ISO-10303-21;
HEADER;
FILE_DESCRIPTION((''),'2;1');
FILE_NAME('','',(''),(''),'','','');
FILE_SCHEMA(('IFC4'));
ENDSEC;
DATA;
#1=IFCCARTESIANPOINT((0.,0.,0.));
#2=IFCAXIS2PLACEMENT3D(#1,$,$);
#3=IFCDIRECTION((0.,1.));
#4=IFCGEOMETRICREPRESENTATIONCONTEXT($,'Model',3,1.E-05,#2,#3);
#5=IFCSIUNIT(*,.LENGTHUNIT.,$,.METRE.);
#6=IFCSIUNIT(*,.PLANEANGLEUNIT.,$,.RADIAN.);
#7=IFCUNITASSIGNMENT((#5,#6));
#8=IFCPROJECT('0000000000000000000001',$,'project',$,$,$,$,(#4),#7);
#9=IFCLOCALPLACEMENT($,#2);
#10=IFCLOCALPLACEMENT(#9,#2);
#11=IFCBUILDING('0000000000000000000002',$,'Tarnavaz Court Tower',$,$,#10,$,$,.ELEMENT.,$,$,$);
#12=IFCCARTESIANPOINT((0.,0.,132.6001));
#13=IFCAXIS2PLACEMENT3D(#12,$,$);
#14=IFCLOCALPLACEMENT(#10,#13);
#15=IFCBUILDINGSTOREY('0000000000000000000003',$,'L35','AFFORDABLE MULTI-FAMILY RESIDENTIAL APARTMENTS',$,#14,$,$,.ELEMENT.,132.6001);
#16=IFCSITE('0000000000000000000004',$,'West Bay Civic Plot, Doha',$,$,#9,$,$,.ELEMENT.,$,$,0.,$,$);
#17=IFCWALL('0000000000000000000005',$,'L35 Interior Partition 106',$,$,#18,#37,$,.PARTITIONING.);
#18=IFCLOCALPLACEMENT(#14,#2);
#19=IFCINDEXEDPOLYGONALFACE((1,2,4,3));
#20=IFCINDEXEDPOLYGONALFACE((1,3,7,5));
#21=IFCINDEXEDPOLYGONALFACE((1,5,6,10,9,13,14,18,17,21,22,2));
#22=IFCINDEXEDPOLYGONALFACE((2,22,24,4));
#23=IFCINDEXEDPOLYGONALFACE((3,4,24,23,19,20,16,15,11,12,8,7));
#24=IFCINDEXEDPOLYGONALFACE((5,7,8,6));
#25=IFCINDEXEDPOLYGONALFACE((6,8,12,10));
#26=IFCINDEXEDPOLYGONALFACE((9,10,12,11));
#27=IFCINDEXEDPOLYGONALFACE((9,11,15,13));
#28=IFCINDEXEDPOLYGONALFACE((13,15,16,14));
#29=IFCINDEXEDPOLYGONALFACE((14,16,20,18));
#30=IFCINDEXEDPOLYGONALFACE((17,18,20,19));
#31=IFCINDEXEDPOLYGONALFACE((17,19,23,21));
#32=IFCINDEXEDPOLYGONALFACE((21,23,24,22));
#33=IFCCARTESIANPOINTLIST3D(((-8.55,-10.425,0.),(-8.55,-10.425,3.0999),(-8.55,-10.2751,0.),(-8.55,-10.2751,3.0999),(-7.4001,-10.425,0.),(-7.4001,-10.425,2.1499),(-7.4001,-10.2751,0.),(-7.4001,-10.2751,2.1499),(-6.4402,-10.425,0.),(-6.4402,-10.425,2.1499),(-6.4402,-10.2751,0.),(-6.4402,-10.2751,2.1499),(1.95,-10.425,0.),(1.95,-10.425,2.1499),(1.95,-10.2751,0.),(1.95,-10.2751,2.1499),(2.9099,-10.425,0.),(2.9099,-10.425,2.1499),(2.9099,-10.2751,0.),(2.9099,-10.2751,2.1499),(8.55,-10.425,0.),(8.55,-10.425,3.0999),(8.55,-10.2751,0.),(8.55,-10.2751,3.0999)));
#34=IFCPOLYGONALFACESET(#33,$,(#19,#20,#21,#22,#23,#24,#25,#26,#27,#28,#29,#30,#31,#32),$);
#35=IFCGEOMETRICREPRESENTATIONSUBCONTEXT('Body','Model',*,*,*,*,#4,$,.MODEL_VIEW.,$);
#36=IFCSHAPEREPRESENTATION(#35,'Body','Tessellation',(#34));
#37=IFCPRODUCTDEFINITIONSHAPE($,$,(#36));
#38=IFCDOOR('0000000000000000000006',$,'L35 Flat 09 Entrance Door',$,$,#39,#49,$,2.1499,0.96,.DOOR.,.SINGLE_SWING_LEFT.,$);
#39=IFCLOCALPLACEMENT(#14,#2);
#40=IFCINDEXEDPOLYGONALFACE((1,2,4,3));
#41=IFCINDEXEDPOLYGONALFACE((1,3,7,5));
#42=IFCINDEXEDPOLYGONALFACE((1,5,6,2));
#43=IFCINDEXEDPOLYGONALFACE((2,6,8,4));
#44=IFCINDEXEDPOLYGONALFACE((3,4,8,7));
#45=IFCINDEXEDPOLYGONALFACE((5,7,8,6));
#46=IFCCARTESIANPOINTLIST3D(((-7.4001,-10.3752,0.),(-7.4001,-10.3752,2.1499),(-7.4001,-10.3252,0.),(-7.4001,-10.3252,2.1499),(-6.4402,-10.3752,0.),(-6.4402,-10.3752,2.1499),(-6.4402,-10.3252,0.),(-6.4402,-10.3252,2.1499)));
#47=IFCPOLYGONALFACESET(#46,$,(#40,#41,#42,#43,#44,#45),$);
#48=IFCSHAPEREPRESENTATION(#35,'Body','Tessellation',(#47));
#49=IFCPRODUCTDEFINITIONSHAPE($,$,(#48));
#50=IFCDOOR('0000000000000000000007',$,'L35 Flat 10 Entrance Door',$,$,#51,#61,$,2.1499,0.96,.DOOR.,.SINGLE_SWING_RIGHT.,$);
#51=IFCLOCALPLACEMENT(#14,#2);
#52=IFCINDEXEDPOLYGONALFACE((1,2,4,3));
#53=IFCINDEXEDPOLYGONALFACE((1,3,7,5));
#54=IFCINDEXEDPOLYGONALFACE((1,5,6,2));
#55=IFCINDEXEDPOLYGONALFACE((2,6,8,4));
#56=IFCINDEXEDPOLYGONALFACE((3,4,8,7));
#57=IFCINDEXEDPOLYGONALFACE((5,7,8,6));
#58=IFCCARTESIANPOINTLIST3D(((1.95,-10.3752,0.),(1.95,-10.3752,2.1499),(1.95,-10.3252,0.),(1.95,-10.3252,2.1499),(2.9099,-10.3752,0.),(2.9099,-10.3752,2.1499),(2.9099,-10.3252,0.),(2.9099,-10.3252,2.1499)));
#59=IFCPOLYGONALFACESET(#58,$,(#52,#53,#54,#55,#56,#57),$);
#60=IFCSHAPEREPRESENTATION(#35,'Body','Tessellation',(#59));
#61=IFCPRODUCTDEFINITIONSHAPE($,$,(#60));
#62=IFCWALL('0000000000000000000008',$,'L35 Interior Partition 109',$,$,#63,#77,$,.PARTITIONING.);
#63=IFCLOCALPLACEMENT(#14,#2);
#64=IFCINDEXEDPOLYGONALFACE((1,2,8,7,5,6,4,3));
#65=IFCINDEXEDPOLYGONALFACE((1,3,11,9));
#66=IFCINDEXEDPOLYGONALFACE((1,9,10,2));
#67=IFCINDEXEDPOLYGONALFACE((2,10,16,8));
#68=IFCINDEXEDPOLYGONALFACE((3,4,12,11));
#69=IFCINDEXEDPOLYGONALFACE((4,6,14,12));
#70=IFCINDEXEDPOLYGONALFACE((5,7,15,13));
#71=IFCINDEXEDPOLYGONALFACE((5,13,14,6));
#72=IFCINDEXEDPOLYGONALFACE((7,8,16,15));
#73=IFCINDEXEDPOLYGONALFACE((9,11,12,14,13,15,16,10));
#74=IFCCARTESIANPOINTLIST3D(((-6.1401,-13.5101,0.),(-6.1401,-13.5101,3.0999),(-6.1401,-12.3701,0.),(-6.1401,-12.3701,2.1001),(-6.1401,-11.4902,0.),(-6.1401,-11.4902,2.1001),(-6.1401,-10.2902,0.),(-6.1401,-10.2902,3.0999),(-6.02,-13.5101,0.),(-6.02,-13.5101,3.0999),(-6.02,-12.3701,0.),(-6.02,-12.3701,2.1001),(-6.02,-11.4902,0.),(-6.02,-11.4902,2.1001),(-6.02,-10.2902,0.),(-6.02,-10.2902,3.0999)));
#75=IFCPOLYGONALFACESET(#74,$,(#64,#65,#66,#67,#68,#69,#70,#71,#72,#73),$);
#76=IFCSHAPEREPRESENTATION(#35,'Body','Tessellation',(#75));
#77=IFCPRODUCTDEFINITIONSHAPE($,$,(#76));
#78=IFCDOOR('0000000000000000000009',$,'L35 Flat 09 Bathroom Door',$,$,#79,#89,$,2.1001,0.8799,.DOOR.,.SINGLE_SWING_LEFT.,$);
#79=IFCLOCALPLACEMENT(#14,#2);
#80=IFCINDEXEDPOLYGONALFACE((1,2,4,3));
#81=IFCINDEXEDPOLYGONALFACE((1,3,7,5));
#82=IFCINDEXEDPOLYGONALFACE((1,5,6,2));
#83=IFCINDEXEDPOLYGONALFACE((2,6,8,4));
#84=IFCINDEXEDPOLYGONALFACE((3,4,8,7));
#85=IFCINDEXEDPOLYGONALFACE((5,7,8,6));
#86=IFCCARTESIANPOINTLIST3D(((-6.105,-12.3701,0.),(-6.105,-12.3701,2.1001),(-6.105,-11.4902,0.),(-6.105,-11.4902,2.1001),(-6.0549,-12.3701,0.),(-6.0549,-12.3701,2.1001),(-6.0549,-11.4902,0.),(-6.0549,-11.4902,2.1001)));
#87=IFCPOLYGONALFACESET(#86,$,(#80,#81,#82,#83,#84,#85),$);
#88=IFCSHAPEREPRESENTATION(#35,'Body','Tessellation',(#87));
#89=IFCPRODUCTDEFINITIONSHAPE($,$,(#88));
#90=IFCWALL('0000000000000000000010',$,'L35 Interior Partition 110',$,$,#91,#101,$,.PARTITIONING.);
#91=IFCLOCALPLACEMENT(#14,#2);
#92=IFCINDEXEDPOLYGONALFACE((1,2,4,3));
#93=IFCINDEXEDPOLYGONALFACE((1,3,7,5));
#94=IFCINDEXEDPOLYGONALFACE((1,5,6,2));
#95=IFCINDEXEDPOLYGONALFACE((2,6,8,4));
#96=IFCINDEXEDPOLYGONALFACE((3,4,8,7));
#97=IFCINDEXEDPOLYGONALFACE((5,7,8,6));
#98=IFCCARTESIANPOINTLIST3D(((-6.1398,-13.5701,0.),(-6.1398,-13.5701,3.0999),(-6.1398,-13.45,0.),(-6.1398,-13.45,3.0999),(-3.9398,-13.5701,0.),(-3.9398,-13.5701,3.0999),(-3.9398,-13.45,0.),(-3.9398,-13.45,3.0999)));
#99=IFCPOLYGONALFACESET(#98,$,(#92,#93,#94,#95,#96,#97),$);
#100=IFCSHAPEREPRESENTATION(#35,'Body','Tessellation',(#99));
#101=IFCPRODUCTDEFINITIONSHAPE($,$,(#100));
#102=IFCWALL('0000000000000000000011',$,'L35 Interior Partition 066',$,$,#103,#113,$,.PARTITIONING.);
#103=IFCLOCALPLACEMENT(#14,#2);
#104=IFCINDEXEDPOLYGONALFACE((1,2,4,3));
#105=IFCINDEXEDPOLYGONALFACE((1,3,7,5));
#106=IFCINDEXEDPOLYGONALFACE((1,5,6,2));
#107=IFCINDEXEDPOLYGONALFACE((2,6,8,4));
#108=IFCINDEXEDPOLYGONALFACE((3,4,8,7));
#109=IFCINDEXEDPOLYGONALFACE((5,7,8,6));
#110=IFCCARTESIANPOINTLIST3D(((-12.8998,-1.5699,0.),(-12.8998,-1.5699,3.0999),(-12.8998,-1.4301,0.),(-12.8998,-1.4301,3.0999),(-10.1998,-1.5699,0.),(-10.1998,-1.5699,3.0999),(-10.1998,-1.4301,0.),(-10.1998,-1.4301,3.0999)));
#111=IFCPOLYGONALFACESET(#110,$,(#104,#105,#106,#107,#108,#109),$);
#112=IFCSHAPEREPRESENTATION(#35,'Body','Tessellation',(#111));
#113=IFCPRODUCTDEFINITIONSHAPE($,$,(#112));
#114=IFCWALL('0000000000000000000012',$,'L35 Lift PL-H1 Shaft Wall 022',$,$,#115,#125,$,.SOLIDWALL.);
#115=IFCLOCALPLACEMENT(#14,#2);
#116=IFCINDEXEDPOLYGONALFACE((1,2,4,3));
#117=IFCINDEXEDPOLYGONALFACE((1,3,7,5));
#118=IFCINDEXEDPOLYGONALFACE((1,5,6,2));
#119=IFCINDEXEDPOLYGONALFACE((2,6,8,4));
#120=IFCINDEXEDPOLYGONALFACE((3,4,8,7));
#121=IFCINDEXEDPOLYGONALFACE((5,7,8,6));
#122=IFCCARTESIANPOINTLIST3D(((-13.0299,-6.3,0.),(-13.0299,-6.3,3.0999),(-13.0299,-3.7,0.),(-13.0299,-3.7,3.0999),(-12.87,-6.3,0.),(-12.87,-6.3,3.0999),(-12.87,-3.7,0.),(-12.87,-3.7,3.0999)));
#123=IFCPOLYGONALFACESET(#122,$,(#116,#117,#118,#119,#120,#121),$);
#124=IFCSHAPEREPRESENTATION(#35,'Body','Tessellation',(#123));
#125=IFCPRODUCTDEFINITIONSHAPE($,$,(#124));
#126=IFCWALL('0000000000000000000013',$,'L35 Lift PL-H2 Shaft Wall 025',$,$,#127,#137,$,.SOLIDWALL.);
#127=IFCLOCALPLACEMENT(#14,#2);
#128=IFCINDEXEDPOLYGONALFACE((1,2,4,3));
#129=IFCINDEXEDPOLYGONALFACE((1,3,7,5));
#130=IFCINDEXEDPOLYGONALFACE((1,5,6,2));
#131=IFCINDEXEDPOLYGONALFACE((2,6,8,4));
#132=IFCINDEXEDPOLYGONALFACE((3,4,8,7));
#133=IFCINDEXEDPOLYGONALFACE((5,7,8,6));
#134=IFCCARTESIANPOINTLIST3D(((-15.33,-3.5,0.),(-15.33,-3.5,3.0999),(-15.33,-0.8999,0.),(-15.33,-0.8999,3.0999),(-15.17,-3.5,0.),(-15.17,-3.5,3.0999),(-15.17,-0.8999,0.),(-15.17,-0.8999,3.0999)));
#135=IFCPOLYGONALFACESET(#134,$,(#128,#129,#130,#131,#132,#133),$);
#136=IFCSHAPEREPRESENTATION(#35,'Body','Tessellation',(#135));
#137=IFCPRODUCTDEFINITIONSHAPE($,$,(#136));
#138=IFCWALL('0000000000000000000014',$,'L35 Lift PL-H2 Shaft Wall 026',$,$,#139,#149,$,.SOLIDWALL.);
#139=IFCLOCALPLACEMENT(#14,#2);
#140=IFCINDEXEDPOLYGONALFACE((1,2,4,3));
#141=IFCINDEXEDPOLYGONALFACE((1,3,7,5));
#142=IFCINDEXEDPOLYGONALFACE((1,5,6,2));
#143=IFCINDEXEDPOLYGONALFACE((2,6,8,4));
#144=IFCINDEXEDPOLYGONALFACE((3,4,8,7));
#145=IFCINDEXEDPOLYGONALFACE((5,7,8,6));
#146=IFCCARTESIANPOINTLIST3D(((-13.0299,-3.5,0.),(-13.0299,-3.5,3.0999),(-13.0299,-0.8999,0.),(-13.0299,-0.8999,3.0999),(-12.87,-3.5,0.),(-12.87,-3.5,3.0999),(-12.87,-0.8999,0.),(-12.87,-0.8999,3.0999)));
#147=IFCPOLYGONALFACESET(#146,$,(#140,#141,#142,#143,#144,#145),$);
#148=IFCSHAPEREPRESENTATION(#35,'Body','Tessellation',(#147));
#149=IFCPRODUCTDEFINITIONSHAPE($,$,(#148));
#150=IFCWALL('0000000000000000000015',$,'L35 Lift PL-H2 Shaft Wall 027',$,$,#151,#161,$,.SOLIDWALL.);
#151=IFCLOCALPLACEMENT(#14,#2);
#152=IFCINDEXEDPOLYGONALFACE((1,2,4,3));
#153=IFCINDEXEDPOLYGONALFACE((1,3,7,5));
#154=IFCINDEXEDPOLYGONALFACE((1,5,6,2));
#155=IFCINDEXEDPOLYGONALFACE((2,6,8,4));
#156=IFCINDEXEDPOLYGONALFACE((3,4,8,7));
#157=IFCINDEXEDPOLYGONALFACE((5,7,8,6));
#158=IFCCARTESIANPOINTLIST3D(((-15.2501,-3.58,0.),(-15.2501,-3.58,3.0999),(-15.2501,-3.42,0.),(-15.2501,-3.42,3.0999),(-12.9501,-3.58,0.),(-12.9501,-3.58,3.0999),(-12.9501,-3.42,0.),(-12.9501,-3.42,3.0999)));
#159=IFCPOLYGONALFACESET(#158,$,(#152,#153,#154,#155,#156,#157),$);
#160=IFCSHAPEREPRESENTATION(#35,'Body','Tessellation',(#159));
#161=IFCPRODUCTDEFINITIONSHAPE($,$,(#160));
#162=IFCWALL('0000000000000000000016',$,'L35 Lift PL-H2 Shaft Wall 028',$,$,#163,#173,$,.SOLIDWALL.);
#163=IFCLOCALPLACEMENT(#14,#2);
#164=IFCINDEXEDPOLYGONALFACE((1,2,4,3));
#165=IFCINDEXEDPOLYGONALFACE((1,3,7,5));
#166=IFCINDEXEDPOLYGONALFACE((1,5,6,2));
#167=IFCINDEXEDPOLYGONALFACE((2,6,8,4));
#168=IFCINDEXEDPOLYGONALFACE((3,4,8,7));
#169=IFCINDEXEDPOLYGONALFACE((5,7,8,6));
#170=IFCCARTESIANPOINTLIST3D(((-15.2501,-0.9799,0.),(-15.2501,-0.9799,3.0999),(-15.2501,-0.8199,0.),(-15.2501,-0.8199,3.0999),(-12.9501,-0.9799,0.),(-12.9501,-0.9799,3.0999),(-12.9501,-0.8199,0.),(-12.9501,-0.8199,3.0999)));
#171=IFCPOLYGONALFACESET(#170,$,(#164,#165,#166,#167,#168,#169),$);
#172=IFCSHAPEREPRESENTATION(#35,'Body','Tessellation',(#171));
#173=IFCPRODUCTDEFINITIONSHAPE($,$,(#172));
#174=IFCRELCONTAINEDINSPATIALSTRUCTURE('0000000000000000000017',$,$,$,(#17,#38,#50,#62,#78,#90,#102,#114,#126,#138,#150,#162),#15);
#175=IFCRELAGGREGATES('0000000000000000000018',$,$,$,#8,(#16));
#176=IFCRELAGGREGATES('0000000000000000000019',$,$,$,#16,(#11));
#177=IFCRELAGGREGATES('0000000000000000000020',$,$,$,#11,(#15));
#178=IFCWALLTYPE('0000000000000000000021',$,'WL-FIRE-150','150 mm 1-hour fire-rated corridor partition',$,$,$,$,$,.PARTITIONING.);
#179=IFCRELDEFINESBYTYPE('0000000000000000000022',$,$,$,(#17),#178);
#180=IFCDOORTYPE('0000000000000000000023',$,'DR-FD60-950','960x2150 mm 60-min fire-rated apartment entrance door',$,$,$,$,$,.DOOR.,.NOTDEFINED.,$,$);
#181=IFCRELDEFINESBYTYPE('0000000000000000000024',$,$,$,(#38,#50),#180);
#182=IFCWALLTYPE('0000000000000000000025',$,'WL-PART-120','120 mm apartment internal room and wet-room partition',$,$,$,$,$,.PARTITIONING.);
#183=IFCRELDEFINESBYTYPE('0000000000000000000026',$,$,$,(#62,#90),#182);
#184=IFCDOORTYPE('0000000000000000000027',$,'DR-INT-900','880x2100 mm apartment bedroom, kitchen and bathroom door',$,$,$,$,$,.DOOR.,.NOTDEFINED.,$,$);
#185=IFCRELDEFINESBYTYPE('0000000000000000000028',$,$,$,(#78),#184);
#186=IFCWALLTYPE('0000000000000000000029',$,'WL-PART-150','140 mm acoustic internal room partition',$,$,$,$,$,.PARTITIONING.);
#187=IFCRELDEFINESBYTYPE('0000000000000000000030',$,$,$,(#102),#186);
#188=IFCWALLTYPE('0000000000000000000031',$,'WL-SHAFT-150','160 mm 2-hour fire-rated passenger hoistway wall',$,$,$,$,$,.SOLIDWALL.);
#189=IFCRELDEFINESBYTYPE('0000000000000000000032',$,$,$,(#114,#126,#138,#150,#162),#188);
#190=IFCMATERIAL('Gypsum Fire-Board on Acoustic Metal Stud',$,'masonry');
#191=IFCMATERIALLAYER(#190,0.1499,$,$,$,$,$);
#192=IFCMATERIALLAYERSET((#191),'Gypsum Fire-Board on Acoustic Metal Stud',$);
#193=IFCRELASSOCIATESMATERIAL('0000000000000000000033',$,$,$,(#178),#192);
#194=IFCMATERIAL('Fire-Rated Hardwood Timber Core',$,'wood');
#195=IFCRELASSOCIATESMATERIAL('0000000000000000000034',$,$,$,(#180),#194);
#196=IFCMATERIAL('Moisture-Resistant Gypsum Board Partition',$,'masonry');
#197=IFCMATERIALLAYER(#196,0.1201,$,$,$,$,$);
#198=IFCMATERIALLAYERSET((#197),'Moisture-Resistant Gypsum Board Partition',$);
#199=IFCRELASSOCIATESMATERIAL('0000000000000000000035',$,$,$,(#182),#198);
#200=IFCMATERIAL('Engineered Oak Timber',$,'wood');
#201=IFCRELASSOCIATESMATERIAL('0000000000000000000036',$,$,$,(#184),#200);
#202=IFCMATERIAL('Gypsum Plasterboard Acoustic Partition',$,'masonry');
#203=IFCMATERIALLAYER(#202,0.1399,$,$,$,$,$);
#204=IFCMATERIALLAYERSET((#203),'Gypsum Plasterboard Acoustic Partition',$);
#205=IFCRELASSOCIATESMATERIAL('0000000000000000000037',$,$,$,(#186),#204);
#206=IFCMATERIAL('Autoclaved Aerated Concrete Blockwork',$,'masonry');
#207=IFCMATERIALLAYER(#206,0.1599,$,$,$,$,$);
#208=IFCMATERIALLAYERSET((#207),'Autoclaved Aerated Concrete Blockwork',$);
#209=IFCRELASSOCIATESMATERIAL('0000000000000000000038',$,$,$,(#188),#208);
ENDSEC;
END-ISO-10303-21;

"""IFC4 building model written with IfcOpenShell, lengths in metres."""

from ifc_helpers import new_model, si_unit, direction, frame, frame_2d, origin, place, context, subcontext, project, spatial, rectangle, extrude, material, layer, layer_set, type_object, element, fill, save


model = new_model("IFC4")

# Units and contexts
model_context = context("Model", 3, precision=1e-05, world=origin(), true_north=direction((0.0, 1.0)))
body_context = subcontext(model_context, "Body", "Model", "MODEL_VIEW")
ifc_project = project(units=[si_unit("LENGTHUNIT", "METRE"), si_unit("PLANEANGLEUNIT", "RADIAN")], contexts=[model_context])

# Site, building, storey
site_placement = place(None, origin())
site = spatial("IfcSite", under=ifc_project, at=site_placement, Name="West Bay Civic Plot, Doha", CompositionType="ELEMENT", RefElevation=0.0)
building_placement = place(site_placement, origin())
building = spatial("IfcBuilding", under=site, at=building_placement, Name="Tarnavaz Court Tower", CompositionType="ELEMENT")
storey_placement = place(building_placement, frame((0.0, 0.0, 132.6001)))
storey = spatial("IfcBuildingStorey", under=building, at=storey_placement, Name="L35", Description="AFFORDABLE MULTI-FAMILY RESIDENTIAL APARTMENTS", CompositionType="ELEMENT", Elevation=132.6001)

# Wall, openings, doors
ifc_material_1 = material(Name="Gypsum Fire-Board on Acoustic Metal Stud", Category="masonry")
ifc_layer_1 = layer(ifc_material_1, 0.1499)
ifc_layer_set_1 = layer_set([ifc_layer_1], Name="Gypsum Fire-Board on Acoustic Metal Stud")
wall_type_1 = type_object("IfcWallType", Name="WL-FIRE-150", Description="150 mm 1-hour fire-rated corridor partition", PredefinedType="PARTITIONING", material=ifc_layer_set_1)
wall_1_placement = place(storey_placement, frame((-8.55, -10.3501, 0.0), z_axis=(0.0, 0.0, 1.0), x_axis=(1.0, 0.0, 0.0)))
wall_1 = element("IfcWall", 1, at=wall_1_placement, inside=storey, type_object=wall_type_1, Name="L35 Interior Partition 106", PredefinedType="PARTITIONING", context=body_context, shape_type="SweptSolid", body=[
    extrude(rectangle(XDim=17.1001, YDim=0.1499, at=frame_2d((8.55, 0.0))), origin(), (0.0, 0.0, 1.0), 3.0999),
])
opening_1_placement = place(wall_1_placement, frame((1.1499, 0.0, 0.0)))
opening_1 = element("IfcOpeningElement", 2, at=opening_1_placement, cuts=wall_1, PredefinedType="OPENING", context=body_context, shape_type="SweptSolid", body=[
    extrude(rectangle(XDim=0.96, YDim=2.1499, at=frame_2d((0.48, 1.075))), frame((0.0, 0.085, 0.0), z_axis=(0.0, -1.0, 0.0), x_axis=(1.0, 0.0, 0.0)), (0.0, 0.0, 1.0), 0.1699),
])
opening_2_placement = place(wall_1_placement, frame((10.5, 0.0, 0.0)))
opening_2 = element("IfcOpeningElement", 3, at=opening_2_placement, cuts=wall_1, PredefinedType="OPENING", context=body_context, shape_type="SweptSolid", body=[
    extrude(rectangle(XDim=0.96, YDim=2.1499, at=frame_2d((0.48, 1.075))), frame((0.0, 0.085, 0.0), z_axis=(0.0, -1.0, 0.0), x_axis=(1.0, 0.0, 0.0)), (0.0, 0.0, 1.0), 0.1699),
])
ifc_material_2 = material(Name="Fire-Rated Hardwood Timber Core", Category="wood")
door_type_1 = type_object("IfcDoorType", Name="DR-FD60-950", Description="960x2150 mm 60-min fire-rated apartment entrance door", OperationType="NOTDEFINED", PredefinedType="DOOR", material=ifc_material_2)
door_1_placement = place(opening_1_placement, origin())
door_1 = element("IfcDoor", 4, at=door_1_placement, inside=storey, type_object=door_type_1, Name="L35 Flat 09 Entrance Door", OperationType="SINGLE_SWING_LEFT", OverallHeight=2.1499, OverallWidth=0.96, PredefinedType="DOOR", context=body_context, shape_type="SweptSolid", body=[
    extrude(rectangle(XDim=0.96, YDim=2.1499, at=frame_2d((0.48, 1.075))), frame((0.0, 0.0249, 0.0), z_axis=(0.0, -1.0, 0.0), x_axis=(1.0, 0.0, 0.0)), (0.0, 0.0, 1.0), 0.05),
])
fill(opening_1, door_1)
door_2_placement = place(opening_2_placement, origin())
door_2 = element("IfcDoor", 5, at=door_2_placement, inside=storey, type_object=door_type_1, Name="L35 Flat 10 Entrance Door", OperationType="SINGLE_SWING_RIGHT", OverallHeight=2.1499, OverallWidth=0.96, PredefinedType="DOOR", context=body_context, shape_type="SweptSolid", body=[
    extrude(rectangle(XDim=0.96, YDim=2.1499, at=frame_2d((0.48, 1.075))), frame((0.0, 0.0249, 0.0), z_axis=(0.0, -1.0, 0.0), x_axis=(1.0, 0.0, 0.0)), (0.0, 0.0, 1.0), 0.05),
])
fill(opening_2, door_2)

# Wall, opening, door
ifc_material_3 = material(Name="Moisture-Resistant Gypsum Board Partition", Category="masonry")
ifc_layer_2 = layer(ifc_material_3, 0.1201)
ifc_layer_set_2 = layer_set([ifc_layer_2], Name="Moisture-Resistant Gypsum Board Partition")
wall_type_2 = type_object("IfcWallType", Name="WL-PART-120", Description="120 mm apartment internal room and wet-room partition", PredefinedType="PARTITIONING", material=ifc_layer_set_2)
wall_2_placement = place(storey_placement, frame((-6.0801, -13.51, 0.0), z_axis=(0.0, 0.0, 1.0), x_axis=(0.0, 1.0, 0.0)))
wall_2 = element("IfcWall", 6, at=wall_2_placement, inside=storey, type_object=wall_type_2, Name="L35 Interior Partition 109", PredefinedType="PARTITIONING", context=body_context, shape_type="SweptSolid", body=[
    extrude(rectangle(XDim=3.22, YDim=0.1201, at=frame_2d((1.6099, 0.0))), origin(), (0.0, 0.0, 1.0), 3.0999),
])
opening_3_placement = place(wall_2_placement, frame((1.1399, 0.0, 0.0)))
opening_3 = element("IfcOpeningElement", 7, at=opening_3_placement, cuts=wall_2, PredefinedType="OPENING", context=body_context, shape_type="SweptSolid", body=[
    extrude(rectangle(XDim=0.8799, YDim=2.1001, at=frame_2d((0.4399, 1.05))), frame((0.0, 0.0701, 0.0), z_axis=(0.0, -1.0, 0.0), x_axis=(1.0, 0.0, 0.0)), (0.0, 0.0, 1.0), 0.1401),
])
ifc_material_4 = material(Name="Engineered Oak Timber", Category="wood")
door_type_2 = type_object("IfcDoorType", Name="DR-INT-900", Description="880x2100 mm apartment bedroom, kitchen and bathroom door", OperationType="NOTDEFINED", PredefinedType="DOOR", material=ifc_material_4)
door_3_placement = place(opening_3_placement, origin())
door_3 = element("IfcDoor", 8, at=door_3_placement, inside=storey, type_object=door_type_2, Name="L35 Flat 09 Bathroom Door", OperationType="SINGLE_SWING_LEFT", OverallHeight=2.1001, OverallWidth=0.8799, PredefinedType="DOOR", context=body_context, shape_type="SweptSolid", body=[
    extrude(rectangle(XDim=0.8799, YDim=2.1001, at=frame_2d((0.4399, 1.05))), frame((0.0, 0.0249, 0.0), z_axis=(0.0, -1.0, 0.0), x_axis=(1.0, 0.0, 0.0)), (0.0, 0.0, 1.0), 0.05),
])
fill(opening_3, door_3)

# Wall
wall_3_placement = place(storey_placement, frame((-6.1399, -13.51, 0.0), z_axis=(0.0, 0.0, 1.0), x_axis=(1.0, 0.0, 0.0)))
element("IfcWall", 9, at=wall_3_placement, inside=storey, type_object=wall_type_2, Name="L35 Interior Partition 110", PredefinedType="PARTITIONING", context=body_context, shape_type="SweptSolid", body=[
    extrude(rectangle(XDim=2.2, YDim=0.1201, at=frame_2d((1.1001, 0.0))), origin(), (0.0, 0.0, 1.0), 3.0999),
])

# Shared definitions
ifc_material_5 = material(Name="Gypsum Plasterboard Acoustic Partition", Category="masonry")
ifc_layer_3 = layer(ifc_material_5, 0.1399)
ifc_layer_set_3 = layer_set([ifc_layer_3], Name="Gypsum Plasterboard Acoustic Partition")
wall_type_3 = type_object("IfcWallType", Name="WL-PART-150", Description="140 mm acoustic internal room partition", PredefinedType="PARTITIONING", material=ifc_layer_set_3)

# Walls
wall_4_placement = place(storey_placement, frame((-12.8999, -1.5, 0.0), z_axis=(0.0, 0.0, 1.0), x_axis=(1.0, 0.0, 0.0)))
element("IfcWall", 10, at=wall_4_placement, inside=storey, type_object=wall_type_3, Name="L35 Interior Partition 066", PredefinedType="PARTITIONING", context=body_context, shape_type="SweptSolid", body=[
    extrude(rectangle(XDim=2.7, YDim=0.1399, at=frame_2d((1.3501, 0.0))), origin(), (0.0, 0.0, 1.0), 3.0999),
])
ifc_material_6 = material(Name="Autoclaved Aerated Concrete Blockwork", Category="masonry")
ifc_layer_4 = layer(ifc_material_6, 0.1599)
ifc_layer_set_4 = layer_set([ifc_layer_4], Name="Autoclaved Aerated Concrete Blockwork")
wall_type_4 = type_object("IfcWallType", Name="WL-SHAFT-150", Description="160 mm 2-hour fire-rated passenger hoistway wall", PredefinedType="SOLIDWALL", material=ifc_layer_set_4)
for number, where, z_axis, x_axis, name in (
    (11, (-12.95, -6.3, 0.0), (0.0, 0.0, 1.0), (0.0, 1.0, 0.0), "L35 Lift PL-H1 Shaft Wall 022"),
    (12, (-15.25, -3.5, 0.0), (0.0, 0.0, 1.0), (0.0, 1.0, 0.0), "L35 Lift PL-H2 Shaft Wall 025"),
    (13, (-12.95, -3.5, 0.0), (0.0, 0.0, 1.0), (0.0, 1.0, 0.0), "L35 Lift PL-H2 Shaft Wall 026"),
):
    element("IfcWall", number, at=place(storey_placement, frame(where, z_axis=z_axis, x_axis=x_axis)), inside=storey, type_object=wall_type_4, Name=name, PredefinedType="SOLIDWALL", context=body_context, shape_type="SweptSolid", body=[
        extrude(rectangle(XDim=2.6001, YDim=0.1599, at=frame_2d((1.3, 0.0))), origin(), (0.0, 0.0, 1.0), 3.0999),
    ])
for number, where, z_axis, x_axis, name in (
    (14, (-15.25, -3.5, 0.0), (0.0, 0.0, 1.0), (1.0, 0.0, 0.0), "L35 Lift PL-H2 Shaft Wall 027"),
    (15, (-15.25, -0.8999, 0.0), (0.0, 0.0, 1.0), (1.0, 0.0, 0.0), "L35 Lift PL-H2 Shaft Wall 028"),
):
    element("IfcWall", number, at=place(storey_placement, frame(where, z_axis=z_axis, x_axis=x_axis)), inside=storey, type_object=wall_type_4, Name=name, PredefinedType="SOLIDWALL", context=body_context, shape_type="SweptSolid", body=[
        extrude(rectangle(XDim=2.3, YDim=0.1599, at=frame_2d((1.1499, 0.0))), origin(), (0.0, 0.0, 1.0), 3.0999),
    ])

save(model, "model.ifc")
